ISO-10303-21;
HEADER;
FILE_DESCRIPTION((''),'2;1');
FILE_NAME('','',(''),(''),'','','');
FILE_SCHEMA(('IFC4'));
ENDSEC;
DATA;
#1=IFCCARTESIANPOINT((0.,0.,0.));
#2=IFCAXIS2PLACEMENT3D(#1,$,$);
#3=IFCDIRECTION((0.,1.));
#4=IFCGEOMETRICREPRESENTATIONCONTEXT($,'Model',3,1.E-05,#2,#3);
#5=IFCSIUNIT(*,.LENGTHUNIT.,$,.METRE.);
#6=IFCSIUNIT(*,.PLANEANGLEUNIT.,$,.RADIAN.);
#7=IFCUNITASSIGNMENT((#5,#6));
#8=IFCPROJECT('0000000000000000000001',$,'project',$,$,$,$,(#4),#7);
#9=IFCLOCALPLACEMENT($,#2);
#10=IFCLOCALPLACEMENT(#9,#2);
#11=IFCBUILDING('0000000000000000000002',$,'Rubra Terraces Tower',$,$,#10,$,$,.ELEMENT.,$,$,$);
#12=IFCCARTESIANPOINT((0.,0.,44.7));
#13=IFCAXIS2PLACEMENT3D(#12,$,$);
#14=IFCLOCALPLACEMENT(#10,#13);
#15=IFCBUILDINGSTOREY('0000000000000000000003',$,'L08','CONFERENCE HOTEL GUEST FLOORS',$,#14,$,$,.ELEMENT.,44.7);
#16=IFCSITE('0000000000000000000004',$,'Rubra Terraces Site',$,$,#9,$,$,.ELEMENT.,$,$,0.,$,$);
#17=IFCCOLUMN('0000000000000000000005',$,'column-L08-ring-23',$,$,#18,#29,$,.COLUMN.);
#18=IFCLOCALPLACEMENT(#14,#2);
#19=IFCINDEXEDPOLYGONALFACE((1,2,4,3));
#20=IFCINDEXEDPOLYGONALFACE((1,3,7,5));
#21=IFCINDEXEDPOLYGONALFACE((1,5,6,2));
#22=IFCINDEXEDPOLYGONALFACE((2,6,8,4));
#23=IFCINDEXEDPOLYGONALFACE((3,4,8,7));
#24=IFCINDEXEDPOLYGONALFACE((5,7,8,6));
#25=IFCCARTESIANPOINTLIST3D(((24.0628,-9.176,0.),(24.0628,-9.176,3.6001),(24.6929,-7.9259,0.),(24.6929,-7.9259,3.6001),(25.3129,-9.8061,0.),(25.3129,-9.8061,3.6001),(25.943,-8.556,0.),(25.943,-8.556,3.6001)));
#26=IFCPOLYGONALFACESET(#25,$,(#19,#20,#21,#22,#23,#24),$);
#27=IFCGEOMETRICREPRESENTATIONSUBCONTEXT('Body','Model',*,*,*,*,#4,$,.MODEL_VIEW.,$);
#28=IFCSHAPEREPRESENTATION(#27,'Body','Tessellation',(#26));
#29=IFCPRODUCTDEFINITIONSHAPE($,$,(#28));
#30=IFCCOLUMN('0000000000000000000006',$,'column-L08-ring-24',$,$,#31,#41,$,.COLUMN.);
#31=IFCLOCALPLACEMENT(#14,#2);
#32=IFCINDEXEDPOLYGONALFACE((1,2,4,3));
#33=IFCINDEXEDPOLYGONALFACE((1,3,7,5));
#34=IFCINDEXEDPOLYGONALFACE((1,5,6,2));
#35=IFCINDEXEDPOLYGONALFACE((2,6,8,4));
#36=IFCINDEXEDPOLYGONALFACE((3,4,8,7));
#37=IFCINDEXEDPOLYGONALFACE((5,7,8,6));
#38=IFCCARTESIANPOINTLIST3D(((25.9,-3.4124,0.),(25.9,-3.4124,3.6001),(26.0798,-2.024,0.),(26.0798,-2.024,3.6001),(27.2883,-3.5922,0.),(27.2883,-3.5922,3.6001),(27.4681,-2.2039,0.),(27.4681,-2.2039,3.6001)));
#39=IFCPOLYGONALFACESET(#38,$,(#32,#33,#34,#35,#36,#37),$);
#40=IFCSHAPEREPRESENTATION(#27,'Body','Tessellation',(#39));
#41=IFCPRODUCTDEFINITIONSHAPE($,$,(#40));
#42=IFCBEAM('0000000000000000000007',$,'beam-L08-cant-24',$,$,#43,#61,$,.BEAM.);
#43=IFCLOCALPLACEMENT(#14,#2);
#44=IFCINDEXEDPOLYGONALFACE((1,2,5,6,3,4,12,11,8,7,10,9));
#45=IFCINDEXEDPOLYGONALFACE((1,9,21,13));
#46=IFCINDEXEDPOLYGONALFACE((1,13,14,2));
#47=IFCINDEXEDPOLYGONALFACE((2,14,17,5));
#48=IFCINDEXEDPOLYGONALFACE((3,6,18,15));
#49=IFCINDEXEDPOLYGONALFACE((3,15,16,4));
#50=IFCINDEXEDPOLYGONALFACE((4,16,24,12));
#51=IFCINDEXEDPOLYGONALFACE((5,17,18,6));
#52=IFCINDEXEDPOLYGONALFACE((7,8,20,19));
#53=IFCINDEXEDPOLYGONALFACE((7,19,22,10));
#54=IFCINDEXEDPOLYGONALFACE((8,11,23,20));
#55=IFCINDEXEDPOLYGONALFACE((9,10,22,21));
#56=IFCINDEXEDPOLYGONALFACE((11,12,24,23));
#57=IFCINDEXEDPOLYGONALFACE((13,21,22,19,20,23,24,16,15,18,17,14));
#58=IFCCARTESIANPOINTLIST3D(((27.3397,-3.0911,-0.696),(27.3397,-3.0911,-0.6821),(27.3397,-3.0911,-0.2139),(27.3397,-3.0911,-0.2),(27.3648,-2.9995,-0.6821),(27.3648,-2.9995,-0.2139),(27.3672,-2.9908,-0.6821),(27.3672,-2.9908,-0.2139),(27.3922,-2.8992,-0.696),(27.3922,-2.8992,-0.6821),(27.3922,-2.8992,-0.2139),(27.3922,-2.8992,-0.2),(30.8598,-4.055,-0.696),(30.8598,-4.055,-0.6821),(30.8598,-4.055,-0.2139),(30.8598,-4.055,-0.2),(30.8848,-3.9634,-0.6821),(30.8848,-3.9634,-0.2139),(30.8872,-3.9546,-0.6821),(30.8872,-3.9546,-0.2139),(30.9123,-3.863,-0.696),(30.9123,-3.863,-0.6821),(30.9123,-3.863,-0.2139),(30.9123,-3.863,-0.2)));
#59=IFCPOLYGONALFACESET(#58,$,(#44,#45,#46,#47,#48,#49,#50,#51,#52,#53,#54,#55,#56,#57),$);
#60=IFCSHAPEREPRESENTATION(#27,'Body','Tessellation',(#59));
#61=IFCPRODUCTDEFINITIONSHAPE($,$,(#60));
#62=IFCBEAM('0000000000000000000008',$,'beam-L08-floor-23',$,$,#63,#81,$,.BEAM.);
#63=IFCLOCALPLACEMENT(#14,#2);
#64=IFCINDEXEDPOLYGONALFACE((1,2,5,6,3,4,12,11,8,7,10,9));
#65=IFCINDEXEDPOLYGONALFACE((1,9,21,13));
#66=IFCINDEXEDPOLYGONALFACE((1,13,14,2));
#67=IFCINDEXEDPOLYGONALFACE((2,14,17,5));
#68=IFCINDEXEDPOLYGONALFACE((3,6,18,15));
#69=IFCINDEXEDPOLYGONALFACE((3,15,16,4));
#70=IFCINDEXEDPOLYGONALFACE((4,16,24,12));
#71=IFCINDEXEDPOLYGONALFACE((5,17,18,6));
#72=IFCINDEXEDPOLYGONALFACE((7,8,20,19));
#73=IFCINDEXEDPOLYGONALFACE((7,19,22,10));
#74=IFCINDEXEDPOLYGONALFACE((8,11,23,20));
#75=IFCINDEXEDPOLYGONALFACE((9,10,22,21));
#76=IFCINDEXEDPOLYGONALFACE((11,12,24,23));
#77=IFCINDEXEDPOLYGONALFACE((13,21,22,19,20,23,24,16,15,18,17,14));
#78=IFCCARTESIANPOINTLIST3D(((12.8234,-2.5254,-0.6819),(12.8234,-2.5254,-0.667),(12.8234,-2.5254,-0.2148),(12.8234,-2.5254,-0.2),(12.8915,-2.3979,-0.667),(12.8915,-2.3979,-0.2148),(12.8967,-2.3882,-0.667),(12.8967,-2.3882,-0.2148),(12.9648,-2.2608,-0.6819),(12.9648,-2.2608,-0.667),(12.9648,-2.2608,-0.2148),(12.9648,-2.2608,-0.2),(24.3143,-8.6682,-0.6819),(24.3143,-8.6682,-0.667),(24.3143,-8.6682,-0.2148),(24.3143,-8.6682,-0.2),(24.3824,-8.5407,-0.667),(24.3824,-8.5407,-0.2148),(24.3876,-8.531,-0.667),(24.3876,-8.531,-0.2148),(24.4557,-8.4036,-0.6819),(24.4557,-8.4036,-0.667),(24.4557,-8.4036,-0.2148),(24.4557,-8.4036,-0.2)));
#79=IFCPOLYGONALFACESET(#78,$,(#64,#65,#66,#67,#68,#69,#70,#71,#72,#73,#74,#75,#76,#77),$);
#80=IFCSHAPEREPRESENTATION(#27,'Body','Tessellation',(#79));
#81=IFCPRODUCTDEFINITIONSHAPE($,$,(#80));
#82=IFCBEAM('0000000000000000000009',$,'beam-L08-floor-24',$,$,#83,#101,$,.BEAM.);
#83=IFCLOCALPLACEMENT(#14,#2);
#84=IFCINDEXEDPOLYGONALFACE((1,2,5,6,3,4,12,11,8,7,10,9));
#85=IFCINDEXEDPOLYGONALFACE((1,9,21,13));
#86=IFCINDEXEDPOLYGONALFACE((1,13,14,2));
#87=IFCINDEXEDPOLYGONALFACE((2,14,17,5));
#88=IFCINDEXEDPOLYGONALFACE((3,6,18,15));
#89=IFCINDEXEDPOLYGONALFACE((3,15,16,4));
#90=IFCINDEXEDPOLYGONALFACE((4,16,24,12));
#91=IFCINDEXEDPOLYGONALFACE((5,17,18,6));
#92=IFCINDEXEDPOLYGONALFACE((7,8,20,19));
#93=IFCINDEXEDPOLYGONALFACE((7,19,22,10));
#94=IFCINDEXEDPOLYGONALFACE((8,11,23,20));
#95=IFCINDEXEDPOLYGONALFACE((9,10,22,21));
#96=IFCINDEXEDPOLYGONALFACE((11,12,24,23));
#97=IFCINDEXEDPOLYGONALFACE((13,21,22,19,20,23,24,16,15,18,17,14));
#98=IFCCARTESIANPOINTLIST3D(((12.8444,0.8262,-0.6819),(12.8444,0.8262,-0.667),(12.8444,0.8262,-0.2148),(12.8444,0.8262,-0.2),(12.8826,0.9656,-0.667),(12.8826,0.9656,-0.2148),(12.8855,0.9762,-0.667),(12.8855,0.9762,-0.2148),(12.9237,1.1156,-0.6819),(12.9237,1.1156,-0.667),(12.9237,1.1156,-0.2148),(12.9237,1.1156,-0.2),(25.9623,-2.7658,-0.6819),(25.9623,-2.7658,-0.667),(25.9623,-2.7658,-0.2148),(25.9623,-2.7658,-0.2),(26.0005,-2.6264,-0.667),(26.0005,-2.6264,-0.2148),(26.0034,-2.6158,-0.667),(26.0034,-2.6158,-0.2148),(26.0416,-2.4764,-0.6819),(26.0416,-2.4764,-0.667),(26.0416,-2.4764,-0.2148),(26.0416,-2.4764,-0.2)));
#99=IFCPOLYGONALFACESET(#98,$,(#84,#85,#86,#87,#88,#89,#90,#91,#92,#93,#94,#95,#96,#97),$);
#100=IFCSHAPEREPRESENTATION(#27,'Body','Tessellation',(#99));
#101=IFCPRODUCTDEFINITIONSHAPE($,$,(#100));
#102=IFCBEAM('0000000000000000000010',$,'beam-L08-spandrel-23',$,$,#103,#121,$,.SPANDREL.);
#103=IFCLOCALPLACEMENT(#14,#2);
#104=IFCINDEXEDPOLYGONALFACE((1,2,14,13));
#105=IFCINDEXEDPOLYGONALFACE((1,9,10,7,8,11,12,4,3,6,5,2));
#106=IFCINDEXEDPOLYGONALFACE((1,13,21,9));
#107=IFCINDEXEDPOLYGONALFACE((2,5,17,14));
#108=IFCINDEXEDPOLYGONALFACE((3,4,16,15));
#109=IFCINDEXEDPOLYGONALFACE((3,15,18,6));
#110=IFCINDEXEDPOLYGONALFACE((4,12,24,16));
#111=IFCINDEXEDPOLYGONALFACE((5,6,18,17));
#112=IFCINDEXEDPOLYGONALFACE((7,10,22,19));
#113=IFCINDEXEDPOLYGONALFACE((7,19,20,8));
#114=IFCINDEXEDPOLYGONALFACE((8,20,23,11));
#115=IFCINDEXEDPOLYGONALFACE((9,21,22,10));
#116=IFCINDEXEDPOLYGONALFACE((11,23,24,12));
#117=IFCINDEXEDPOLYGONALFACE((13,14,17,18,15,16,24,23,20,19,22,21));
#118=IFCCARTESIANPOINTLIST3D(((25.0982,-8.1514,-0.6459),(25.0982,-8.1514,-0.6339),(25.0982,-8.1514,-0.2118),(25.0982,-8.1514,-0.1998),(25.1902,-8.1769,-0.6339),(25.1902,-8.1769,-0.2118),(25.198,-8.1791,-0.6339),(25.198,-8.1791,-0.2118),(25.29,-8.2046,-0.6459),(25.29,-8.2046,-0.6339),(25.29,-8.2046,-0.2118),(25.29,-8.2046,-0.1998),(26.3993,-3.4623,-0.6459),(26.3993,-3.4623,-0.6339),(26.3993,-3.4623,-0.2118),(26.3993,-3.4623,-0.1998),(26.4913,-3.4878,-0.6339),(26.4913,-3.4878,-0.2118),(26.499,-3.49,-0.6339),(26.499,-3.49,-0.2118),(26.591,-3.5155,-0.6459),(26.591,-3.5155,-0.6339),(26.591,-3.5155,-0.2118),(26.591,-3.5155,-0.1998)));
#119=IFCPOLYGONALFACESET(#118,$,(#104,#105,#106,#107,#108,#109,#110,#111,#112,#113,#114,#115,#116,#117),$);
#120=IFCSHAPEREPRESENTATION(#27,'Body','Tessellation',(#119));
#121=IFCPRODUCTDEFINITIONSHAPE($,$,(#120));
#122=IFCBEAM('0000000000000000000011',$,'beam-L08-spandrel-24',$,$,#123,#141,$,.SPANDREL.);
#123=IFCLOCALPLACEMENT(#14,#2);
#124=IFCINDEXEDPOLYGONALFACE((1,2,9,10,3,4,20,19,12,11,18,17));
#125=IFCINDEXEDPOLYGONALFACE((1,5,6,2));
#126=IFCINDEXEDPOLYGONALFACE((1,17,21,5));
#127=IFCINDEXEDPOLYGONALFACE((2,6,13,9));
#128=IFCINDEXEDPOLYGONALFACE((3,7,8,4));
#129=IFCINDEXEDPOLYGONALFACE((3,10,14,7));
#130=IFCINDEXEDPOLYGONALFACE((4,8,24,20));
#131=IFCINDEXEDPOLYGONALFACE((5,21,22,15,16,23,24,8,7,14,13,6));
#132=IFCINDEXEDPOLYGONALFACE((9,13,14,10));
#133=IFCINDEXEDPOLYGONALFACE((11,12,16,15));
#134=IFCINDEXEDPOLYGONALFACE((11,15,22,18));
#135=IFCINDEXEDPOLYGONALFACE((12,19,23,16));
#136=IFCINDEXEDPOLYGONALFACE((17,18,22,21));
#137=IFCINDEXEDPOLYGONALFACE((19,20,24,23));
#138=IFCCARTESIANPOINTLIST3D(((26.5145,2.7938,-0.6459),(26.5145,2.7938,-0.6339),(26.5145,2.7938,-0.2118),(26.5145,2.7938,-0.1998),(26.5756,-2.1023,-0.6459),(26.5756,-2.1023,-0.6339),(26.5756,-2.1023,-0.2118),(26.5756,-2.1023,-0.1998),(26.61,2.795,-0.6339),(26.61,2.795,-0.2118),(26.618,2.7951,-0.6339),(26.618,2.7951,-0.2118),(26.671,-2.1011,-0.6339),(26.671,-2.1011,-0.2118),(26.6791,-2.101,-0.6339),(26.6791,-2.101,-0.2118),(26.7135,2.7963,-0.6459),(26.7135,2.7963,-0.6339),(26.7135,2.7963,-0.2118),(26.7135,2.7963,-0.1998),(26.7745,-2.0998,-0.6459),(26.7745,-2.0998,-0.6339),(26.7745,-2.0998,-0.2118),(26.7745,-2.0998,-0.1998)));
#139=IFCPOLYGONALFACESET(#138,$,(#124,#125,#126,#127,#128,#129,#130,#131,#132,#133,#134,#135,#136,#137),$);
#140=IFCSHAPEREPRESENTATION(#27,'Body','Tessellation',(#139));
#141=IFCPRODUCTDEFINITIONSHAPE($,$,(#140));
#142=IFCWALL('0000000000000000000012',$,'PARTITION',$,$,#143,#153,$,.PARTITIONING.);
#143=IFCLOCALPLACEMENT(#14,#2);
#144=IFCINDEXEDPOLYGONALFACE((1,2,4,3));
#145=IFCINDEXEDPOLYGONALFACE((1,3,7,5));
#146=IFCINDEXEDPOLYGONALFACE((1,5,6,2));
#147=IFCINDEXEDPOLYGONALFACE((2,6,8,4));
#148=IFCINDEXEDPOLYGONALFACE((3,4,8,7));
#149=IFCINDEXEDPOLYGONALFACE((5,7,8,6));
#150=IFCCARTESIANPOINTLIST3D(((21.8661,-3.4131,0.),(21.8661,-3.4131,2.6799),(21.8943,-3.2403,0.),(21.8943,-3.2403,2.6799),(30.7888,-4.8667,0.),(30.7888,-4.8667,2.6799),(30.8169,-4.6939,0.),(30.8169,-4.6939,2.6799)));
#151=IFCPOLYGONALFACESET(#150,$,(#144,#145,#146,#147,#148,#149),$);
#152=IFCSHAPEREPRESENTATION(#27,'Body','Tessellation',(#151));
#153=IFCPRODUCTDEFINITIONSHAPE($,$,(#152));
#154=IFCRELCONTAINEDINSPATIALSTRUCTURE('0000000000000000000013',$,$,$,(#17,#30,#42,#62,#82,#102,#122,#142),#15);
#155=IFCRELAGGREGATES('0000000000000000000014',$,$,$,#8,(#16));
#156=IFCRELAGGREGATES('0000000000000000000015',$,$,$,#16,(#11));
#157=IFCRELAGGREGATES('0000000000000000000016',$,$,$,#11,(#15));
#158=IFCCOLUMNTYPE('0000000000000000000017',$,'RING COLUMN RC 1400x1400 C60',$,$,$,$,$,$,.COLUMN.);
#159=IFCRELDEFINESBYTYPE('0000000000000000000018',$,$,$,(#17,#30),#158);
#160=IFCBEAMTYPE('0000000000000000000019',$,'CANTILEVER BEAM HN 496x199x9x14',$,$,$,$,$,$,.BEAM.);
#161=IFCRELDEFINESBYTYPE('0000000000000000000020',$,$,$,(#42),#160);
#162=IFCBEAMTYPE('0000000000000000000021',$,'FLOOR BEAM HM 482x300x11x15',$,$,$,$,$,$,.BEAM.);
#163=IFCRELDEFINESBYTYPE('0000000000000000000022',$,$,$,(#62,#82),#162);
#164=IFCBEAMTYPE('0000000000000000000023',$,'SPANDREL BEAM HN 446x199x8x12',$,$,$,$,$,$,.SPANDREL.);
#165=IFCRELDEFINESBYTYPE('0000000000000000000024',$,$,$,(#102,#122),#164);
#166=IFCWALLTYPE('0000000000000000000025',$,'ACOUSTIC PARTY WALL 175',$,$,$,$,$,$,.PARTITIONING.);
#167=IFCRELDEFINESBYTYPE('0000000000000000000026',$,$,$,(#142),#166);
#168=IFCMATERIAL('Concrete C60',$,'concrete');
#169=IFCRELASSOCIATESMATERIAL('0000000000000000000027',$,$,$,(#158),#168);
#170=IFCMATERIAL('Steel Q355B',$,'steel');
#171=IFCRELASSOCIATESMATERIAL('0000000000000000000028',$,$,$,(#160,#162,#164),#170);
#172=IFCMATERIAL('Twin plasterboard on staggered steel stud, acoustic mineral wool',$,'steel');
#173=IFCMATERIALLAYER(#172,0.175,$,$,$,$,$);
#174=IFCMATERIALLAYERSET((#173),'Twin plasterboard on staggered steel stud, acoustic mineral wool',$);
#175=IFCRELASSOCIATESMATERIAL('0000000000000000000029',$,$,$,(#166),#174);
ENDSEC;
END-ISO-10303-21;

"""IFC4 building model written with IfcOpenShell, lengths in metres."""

from ifc_helpers import new_model, si_unit, direction, frame, frame_2d, origin, origin_2d, place, context, subcontext, project, spatial, rectangle, i_section, extrude, material, layer, layer_set, material_profile, profile_set, type_object, element, save


model = new_model("IFC4")

# Units and contexts
model_context = context("Model", 3, precision=1e-05, world=origin(), true_north=direction((0.0, 1.0)))
body_context = subcontext(model_context, "Body", "Model", "MODEL_VIEW")
ifc_project = project(units=[si_unit("LENGTHUNIT", "METRE"), si_unit("PLANEANGLEUNIT", "RADIAN")], contexts=[model_context])

# Site, building, storey
site_placement = place(None, origin())
site = spatial("IfcSite", under=ifc_project, at=site_placement, Name="Rubra Terraces Site", CompositionType="ELEMENT", RefElevation=0.0)
building_placement = place(site_placement, origin())
building = spatial("IfcBuilding", under=site, at=building_placement, Name="Rubra Terraces Tower", CompositionType="ELEMENT")
storey_placement = place(building_placement, frame((0.0, 0.0, 44.7)))
storey = spatial("IfcBuildingStorey", under=building, at=storey_placement, Name="L08", Description="CONFERENCE HOTEL GUEST FLOORS", CompositionType="ELEMENT", Elevation=44.7)

# Columns
ifc_material_1 = material(Name="Concrete C60", Category="concrete")
ifc_material_profile_1 = material_profile(ifc_material_1, rectangle(XDim=1.3999, YDim=1.3999, at=origin_2d()), Name="RC 1400x1400")
ifc_profile_set_1 = profile_set([ifc_material_profile_1], Name="Concrete C60")
column_type = type_object("IfcColumnType", Name="RING COLUMN RC 1400x1400 C60", PredefinedType="COLUMN", material=ifc_profile_set_1)
for number, where, z_axis, x_axis, name in (
    (1, (25.0029, -8.866, 0.0), (0.0, 0.0, 1.0), (0.450099, 0.892979, 0.0), "column-L08-ring-23"),
    (2, (26.6841, -2.8081, 0.0), (0.0, 0.0, 1.0), (0.128445, 0.991717, 0.0), "column-L08-ring-24"),
):
    element("IfcColumn", number, at=place(storey_placement, frame(where, z_axis=z_axis, x_axis=x_axis)), inside=storey, type_object=column_type, Name=name, PredefinedType="COLUMN", context=body_context, shape_type="SweptSolid", body=[
        extrude(rectangle(XDim=1.3999, YDim=1.3999, at=origin_2d()), origin(), (0.0, 0.0, 1.0), 3.6001),
    ])

# Beams
ifc_material_2 = material(Name="Steel Q355B", Category="steel")
ifc_material_profile_2 = material_profile(ifc_material_2, i_section(OverallWidth=0.199, OverallDepth=0.4961, WebThickness=0.009, FlangeThickness=0.0139, at=origin_2d()), Name="HN 496x199x9x14")
ifc_profile_set_2 = profile_set([ifc_material_profile_2], Name="Steel Q355B")
beam_type_1 = type_object("IfcBeamType", Name="CANTILEVER BEAM HN 496x199x9x14", PredefinedType="BEAM", material=ifc_profile_set_2)
beam_1_placement = place(storey_placement, frame((27.366, -2.9951, -0.448), z_axis=(0.964495, -0.264102, 0.0), x_axis=(0.264102, 0.964495, 0.0)))
element("IfcBeam", 3, at=beam_1_placement, inside=storey, type_object=beam_type_1, Name="beam-L08-cant-24", PredefinedType="BEAM", context=body_context, shape_type="SweptSolid", body=[
    extrude(i_section(OverallWidth=0.199, OverallDepth=0.4961, WebThickness=0.009, FlangeThickness=0.0139, at=origin_2d()), origin(), (0.0, 0.0, 1.0), 3.6497),
])
ifc_material_profile_3 = material_profile(ifc_material_2, i_section(OverallWidth=0.3, OverallDepth=0.4819, WebThickness=0.011, FlangeThickness=0.0149, at=origin_2d()), Name="HM 482x300x11x15")
ifc_profile_set_3 = profile_set([ifc_material_profile_3], Name="Steel Q355B")
beam_type_2 = type_object("IfcBeamType", Name="FLOOR BEAM HM 482x300x11x15", PredefinedType="BEAM", material=ifc_profile_set_3)
beam_2_placement = place(storey_placement, frame((24.385, -8.5359, -0.4409), z_axis=(-0.881897, 0.471443, 0.0), x_axis=(-0.471443, -0.881897, 0.0)))
element("IfcBeam", 4, at=beam_2_placement, inside=storey, type_object=beam_type_2, Name="beam-L08-floor-23", PredefinedType="BEAM", context=body_context, shape_type="SweptSolid", body=[
    extrude(i_section(OverallWidth=0.3, OverallDepth=0.4819, WebThickness=0.011, FlangeThickness=0.0149, at=origin_2d()), origin(), (0.0, 0.0, 1.0), 13.0298),
])
beam_3_placement = place(storey_placement, frame((26.002, -2.6211, -0.4409), z_axis=(-0.964494, 0.264105, 0.0), x_axis=(-0.264105, -0.964494, 0.0)))
element("IfcBeam", 5, at=beam_3_placement, inside=storey, type_object=beam_type_2, Name="beam-L08-floor-24", PredefinedType="BEAM", context=body_context, shape_type="SweptSolid", body=[
    extrude(i_section(OverallWidth=0.3, OverallDepth=0.4819, WebThickness=0.011, FlangeThickness=0.0149, at=origin_2d()), origin(), (0.0, 0.0, 1.0), 13.6008),
])
ifc_material_profile_4 = material_profile(ifc_material_2, i_section(OverallWidth=0.199, OverallDepth=0.446, WebThickness=0.0081, FlangeThickness=0.012, at=origin_2d()), Name="HN 446x199x8x12")
ifc_profile_set_4 = profile_set([ifc_material_profile_4], Name="Steel Q355B")
beam_type_3 = type_object("IfcBeamType", Name="SPANDREL BEAM HN 446x199x8x12", PredefinedType="SPANDREL", material=ifc_profile_set_4)
beam_4_placement = place(storey_placement, frame((25.1941, -8.178, -0.4229), z_axis=(0.267364, 0.963595, 0.0), x_axis=(-0.963595, 0.267364, 0.0)))
element("IfcBeam", 6, at=beam_4_placement, inside=storey, type_object=beam_type_3, Name="beam-L08-spandrel-23", PredefinedType="SPANDREL", context=body_context, shape_type="SweptSolid", body=[
    extrude(i_section(OverallWidth=0.199, OverallDepth=0.446, WebThickness=0.0081, FlangeThickness=0.012, at=origin_2d()), origin(), (0.0, 0.0, 1.0), 4.8662),
])
beam_5_placement = place(storey_placement, frame((26.675, -2.1011, -0.4229), z_axis=(-0.012465, 0.999922, 0.0), x_axis=(-0.999922, -0.012465, 0.0)))
element("IfcBeam", 7, at=beam_5_placement, inside=storey, type_object=beam_type_3, Name="beam-L08-spandrel-24", PredefinedType="SPANDREL", context=body_context, shape_type="SweptSolid", body=[
    extrude(i_section(OverallWidth=0.199, OverallDepth=0.446, WebThickness=0.0081, FlangeThickness=0.012, at=origin_2d()), origin(), (0.0, 0.0, 1.0), 4.8965),
])

# Wall
ifc_material_3 = material(Name="Twin plasterboard on staggered steel stud, acoustic mineral wool", Category="steel")
ifc_layer_1 = layer(ifc_material_3, 0.175)
ifc_layer_set_1 = layer_set([ifc_layer_1], Name="Twin plasterboard on staggered steel stud, acoustic mineral wool")
wall_type_1 = type_object("IfcWallType", Name="ACOUSTIC PARTY WALL 175", PredefinedType="PARTITIONING", material=ifc_layer_set_1)
wall_1_placement = place(storey_placement, frame((30.8027, -4.7803, 0.0), z_axis=(0.0, 0.0, 1.0), x_axis=(-0.986988, 0.160794, 0.0)))
element("IfcWall", 8, at=wall_1_placement, inside=storey, type_object=wall_type_1, Name="PARTITION", PredefinedType="PARTITIONING", context=body_context, shape_type="SweptSolid", body=[
    extrude(rectangle(XDim=9.0403, YDim=0.175, at=frame_2d((4.52, 0.0))), origin(), (0.0, 0.0, 1.0), 2.6799),
])

save(model, "model.ifc")
